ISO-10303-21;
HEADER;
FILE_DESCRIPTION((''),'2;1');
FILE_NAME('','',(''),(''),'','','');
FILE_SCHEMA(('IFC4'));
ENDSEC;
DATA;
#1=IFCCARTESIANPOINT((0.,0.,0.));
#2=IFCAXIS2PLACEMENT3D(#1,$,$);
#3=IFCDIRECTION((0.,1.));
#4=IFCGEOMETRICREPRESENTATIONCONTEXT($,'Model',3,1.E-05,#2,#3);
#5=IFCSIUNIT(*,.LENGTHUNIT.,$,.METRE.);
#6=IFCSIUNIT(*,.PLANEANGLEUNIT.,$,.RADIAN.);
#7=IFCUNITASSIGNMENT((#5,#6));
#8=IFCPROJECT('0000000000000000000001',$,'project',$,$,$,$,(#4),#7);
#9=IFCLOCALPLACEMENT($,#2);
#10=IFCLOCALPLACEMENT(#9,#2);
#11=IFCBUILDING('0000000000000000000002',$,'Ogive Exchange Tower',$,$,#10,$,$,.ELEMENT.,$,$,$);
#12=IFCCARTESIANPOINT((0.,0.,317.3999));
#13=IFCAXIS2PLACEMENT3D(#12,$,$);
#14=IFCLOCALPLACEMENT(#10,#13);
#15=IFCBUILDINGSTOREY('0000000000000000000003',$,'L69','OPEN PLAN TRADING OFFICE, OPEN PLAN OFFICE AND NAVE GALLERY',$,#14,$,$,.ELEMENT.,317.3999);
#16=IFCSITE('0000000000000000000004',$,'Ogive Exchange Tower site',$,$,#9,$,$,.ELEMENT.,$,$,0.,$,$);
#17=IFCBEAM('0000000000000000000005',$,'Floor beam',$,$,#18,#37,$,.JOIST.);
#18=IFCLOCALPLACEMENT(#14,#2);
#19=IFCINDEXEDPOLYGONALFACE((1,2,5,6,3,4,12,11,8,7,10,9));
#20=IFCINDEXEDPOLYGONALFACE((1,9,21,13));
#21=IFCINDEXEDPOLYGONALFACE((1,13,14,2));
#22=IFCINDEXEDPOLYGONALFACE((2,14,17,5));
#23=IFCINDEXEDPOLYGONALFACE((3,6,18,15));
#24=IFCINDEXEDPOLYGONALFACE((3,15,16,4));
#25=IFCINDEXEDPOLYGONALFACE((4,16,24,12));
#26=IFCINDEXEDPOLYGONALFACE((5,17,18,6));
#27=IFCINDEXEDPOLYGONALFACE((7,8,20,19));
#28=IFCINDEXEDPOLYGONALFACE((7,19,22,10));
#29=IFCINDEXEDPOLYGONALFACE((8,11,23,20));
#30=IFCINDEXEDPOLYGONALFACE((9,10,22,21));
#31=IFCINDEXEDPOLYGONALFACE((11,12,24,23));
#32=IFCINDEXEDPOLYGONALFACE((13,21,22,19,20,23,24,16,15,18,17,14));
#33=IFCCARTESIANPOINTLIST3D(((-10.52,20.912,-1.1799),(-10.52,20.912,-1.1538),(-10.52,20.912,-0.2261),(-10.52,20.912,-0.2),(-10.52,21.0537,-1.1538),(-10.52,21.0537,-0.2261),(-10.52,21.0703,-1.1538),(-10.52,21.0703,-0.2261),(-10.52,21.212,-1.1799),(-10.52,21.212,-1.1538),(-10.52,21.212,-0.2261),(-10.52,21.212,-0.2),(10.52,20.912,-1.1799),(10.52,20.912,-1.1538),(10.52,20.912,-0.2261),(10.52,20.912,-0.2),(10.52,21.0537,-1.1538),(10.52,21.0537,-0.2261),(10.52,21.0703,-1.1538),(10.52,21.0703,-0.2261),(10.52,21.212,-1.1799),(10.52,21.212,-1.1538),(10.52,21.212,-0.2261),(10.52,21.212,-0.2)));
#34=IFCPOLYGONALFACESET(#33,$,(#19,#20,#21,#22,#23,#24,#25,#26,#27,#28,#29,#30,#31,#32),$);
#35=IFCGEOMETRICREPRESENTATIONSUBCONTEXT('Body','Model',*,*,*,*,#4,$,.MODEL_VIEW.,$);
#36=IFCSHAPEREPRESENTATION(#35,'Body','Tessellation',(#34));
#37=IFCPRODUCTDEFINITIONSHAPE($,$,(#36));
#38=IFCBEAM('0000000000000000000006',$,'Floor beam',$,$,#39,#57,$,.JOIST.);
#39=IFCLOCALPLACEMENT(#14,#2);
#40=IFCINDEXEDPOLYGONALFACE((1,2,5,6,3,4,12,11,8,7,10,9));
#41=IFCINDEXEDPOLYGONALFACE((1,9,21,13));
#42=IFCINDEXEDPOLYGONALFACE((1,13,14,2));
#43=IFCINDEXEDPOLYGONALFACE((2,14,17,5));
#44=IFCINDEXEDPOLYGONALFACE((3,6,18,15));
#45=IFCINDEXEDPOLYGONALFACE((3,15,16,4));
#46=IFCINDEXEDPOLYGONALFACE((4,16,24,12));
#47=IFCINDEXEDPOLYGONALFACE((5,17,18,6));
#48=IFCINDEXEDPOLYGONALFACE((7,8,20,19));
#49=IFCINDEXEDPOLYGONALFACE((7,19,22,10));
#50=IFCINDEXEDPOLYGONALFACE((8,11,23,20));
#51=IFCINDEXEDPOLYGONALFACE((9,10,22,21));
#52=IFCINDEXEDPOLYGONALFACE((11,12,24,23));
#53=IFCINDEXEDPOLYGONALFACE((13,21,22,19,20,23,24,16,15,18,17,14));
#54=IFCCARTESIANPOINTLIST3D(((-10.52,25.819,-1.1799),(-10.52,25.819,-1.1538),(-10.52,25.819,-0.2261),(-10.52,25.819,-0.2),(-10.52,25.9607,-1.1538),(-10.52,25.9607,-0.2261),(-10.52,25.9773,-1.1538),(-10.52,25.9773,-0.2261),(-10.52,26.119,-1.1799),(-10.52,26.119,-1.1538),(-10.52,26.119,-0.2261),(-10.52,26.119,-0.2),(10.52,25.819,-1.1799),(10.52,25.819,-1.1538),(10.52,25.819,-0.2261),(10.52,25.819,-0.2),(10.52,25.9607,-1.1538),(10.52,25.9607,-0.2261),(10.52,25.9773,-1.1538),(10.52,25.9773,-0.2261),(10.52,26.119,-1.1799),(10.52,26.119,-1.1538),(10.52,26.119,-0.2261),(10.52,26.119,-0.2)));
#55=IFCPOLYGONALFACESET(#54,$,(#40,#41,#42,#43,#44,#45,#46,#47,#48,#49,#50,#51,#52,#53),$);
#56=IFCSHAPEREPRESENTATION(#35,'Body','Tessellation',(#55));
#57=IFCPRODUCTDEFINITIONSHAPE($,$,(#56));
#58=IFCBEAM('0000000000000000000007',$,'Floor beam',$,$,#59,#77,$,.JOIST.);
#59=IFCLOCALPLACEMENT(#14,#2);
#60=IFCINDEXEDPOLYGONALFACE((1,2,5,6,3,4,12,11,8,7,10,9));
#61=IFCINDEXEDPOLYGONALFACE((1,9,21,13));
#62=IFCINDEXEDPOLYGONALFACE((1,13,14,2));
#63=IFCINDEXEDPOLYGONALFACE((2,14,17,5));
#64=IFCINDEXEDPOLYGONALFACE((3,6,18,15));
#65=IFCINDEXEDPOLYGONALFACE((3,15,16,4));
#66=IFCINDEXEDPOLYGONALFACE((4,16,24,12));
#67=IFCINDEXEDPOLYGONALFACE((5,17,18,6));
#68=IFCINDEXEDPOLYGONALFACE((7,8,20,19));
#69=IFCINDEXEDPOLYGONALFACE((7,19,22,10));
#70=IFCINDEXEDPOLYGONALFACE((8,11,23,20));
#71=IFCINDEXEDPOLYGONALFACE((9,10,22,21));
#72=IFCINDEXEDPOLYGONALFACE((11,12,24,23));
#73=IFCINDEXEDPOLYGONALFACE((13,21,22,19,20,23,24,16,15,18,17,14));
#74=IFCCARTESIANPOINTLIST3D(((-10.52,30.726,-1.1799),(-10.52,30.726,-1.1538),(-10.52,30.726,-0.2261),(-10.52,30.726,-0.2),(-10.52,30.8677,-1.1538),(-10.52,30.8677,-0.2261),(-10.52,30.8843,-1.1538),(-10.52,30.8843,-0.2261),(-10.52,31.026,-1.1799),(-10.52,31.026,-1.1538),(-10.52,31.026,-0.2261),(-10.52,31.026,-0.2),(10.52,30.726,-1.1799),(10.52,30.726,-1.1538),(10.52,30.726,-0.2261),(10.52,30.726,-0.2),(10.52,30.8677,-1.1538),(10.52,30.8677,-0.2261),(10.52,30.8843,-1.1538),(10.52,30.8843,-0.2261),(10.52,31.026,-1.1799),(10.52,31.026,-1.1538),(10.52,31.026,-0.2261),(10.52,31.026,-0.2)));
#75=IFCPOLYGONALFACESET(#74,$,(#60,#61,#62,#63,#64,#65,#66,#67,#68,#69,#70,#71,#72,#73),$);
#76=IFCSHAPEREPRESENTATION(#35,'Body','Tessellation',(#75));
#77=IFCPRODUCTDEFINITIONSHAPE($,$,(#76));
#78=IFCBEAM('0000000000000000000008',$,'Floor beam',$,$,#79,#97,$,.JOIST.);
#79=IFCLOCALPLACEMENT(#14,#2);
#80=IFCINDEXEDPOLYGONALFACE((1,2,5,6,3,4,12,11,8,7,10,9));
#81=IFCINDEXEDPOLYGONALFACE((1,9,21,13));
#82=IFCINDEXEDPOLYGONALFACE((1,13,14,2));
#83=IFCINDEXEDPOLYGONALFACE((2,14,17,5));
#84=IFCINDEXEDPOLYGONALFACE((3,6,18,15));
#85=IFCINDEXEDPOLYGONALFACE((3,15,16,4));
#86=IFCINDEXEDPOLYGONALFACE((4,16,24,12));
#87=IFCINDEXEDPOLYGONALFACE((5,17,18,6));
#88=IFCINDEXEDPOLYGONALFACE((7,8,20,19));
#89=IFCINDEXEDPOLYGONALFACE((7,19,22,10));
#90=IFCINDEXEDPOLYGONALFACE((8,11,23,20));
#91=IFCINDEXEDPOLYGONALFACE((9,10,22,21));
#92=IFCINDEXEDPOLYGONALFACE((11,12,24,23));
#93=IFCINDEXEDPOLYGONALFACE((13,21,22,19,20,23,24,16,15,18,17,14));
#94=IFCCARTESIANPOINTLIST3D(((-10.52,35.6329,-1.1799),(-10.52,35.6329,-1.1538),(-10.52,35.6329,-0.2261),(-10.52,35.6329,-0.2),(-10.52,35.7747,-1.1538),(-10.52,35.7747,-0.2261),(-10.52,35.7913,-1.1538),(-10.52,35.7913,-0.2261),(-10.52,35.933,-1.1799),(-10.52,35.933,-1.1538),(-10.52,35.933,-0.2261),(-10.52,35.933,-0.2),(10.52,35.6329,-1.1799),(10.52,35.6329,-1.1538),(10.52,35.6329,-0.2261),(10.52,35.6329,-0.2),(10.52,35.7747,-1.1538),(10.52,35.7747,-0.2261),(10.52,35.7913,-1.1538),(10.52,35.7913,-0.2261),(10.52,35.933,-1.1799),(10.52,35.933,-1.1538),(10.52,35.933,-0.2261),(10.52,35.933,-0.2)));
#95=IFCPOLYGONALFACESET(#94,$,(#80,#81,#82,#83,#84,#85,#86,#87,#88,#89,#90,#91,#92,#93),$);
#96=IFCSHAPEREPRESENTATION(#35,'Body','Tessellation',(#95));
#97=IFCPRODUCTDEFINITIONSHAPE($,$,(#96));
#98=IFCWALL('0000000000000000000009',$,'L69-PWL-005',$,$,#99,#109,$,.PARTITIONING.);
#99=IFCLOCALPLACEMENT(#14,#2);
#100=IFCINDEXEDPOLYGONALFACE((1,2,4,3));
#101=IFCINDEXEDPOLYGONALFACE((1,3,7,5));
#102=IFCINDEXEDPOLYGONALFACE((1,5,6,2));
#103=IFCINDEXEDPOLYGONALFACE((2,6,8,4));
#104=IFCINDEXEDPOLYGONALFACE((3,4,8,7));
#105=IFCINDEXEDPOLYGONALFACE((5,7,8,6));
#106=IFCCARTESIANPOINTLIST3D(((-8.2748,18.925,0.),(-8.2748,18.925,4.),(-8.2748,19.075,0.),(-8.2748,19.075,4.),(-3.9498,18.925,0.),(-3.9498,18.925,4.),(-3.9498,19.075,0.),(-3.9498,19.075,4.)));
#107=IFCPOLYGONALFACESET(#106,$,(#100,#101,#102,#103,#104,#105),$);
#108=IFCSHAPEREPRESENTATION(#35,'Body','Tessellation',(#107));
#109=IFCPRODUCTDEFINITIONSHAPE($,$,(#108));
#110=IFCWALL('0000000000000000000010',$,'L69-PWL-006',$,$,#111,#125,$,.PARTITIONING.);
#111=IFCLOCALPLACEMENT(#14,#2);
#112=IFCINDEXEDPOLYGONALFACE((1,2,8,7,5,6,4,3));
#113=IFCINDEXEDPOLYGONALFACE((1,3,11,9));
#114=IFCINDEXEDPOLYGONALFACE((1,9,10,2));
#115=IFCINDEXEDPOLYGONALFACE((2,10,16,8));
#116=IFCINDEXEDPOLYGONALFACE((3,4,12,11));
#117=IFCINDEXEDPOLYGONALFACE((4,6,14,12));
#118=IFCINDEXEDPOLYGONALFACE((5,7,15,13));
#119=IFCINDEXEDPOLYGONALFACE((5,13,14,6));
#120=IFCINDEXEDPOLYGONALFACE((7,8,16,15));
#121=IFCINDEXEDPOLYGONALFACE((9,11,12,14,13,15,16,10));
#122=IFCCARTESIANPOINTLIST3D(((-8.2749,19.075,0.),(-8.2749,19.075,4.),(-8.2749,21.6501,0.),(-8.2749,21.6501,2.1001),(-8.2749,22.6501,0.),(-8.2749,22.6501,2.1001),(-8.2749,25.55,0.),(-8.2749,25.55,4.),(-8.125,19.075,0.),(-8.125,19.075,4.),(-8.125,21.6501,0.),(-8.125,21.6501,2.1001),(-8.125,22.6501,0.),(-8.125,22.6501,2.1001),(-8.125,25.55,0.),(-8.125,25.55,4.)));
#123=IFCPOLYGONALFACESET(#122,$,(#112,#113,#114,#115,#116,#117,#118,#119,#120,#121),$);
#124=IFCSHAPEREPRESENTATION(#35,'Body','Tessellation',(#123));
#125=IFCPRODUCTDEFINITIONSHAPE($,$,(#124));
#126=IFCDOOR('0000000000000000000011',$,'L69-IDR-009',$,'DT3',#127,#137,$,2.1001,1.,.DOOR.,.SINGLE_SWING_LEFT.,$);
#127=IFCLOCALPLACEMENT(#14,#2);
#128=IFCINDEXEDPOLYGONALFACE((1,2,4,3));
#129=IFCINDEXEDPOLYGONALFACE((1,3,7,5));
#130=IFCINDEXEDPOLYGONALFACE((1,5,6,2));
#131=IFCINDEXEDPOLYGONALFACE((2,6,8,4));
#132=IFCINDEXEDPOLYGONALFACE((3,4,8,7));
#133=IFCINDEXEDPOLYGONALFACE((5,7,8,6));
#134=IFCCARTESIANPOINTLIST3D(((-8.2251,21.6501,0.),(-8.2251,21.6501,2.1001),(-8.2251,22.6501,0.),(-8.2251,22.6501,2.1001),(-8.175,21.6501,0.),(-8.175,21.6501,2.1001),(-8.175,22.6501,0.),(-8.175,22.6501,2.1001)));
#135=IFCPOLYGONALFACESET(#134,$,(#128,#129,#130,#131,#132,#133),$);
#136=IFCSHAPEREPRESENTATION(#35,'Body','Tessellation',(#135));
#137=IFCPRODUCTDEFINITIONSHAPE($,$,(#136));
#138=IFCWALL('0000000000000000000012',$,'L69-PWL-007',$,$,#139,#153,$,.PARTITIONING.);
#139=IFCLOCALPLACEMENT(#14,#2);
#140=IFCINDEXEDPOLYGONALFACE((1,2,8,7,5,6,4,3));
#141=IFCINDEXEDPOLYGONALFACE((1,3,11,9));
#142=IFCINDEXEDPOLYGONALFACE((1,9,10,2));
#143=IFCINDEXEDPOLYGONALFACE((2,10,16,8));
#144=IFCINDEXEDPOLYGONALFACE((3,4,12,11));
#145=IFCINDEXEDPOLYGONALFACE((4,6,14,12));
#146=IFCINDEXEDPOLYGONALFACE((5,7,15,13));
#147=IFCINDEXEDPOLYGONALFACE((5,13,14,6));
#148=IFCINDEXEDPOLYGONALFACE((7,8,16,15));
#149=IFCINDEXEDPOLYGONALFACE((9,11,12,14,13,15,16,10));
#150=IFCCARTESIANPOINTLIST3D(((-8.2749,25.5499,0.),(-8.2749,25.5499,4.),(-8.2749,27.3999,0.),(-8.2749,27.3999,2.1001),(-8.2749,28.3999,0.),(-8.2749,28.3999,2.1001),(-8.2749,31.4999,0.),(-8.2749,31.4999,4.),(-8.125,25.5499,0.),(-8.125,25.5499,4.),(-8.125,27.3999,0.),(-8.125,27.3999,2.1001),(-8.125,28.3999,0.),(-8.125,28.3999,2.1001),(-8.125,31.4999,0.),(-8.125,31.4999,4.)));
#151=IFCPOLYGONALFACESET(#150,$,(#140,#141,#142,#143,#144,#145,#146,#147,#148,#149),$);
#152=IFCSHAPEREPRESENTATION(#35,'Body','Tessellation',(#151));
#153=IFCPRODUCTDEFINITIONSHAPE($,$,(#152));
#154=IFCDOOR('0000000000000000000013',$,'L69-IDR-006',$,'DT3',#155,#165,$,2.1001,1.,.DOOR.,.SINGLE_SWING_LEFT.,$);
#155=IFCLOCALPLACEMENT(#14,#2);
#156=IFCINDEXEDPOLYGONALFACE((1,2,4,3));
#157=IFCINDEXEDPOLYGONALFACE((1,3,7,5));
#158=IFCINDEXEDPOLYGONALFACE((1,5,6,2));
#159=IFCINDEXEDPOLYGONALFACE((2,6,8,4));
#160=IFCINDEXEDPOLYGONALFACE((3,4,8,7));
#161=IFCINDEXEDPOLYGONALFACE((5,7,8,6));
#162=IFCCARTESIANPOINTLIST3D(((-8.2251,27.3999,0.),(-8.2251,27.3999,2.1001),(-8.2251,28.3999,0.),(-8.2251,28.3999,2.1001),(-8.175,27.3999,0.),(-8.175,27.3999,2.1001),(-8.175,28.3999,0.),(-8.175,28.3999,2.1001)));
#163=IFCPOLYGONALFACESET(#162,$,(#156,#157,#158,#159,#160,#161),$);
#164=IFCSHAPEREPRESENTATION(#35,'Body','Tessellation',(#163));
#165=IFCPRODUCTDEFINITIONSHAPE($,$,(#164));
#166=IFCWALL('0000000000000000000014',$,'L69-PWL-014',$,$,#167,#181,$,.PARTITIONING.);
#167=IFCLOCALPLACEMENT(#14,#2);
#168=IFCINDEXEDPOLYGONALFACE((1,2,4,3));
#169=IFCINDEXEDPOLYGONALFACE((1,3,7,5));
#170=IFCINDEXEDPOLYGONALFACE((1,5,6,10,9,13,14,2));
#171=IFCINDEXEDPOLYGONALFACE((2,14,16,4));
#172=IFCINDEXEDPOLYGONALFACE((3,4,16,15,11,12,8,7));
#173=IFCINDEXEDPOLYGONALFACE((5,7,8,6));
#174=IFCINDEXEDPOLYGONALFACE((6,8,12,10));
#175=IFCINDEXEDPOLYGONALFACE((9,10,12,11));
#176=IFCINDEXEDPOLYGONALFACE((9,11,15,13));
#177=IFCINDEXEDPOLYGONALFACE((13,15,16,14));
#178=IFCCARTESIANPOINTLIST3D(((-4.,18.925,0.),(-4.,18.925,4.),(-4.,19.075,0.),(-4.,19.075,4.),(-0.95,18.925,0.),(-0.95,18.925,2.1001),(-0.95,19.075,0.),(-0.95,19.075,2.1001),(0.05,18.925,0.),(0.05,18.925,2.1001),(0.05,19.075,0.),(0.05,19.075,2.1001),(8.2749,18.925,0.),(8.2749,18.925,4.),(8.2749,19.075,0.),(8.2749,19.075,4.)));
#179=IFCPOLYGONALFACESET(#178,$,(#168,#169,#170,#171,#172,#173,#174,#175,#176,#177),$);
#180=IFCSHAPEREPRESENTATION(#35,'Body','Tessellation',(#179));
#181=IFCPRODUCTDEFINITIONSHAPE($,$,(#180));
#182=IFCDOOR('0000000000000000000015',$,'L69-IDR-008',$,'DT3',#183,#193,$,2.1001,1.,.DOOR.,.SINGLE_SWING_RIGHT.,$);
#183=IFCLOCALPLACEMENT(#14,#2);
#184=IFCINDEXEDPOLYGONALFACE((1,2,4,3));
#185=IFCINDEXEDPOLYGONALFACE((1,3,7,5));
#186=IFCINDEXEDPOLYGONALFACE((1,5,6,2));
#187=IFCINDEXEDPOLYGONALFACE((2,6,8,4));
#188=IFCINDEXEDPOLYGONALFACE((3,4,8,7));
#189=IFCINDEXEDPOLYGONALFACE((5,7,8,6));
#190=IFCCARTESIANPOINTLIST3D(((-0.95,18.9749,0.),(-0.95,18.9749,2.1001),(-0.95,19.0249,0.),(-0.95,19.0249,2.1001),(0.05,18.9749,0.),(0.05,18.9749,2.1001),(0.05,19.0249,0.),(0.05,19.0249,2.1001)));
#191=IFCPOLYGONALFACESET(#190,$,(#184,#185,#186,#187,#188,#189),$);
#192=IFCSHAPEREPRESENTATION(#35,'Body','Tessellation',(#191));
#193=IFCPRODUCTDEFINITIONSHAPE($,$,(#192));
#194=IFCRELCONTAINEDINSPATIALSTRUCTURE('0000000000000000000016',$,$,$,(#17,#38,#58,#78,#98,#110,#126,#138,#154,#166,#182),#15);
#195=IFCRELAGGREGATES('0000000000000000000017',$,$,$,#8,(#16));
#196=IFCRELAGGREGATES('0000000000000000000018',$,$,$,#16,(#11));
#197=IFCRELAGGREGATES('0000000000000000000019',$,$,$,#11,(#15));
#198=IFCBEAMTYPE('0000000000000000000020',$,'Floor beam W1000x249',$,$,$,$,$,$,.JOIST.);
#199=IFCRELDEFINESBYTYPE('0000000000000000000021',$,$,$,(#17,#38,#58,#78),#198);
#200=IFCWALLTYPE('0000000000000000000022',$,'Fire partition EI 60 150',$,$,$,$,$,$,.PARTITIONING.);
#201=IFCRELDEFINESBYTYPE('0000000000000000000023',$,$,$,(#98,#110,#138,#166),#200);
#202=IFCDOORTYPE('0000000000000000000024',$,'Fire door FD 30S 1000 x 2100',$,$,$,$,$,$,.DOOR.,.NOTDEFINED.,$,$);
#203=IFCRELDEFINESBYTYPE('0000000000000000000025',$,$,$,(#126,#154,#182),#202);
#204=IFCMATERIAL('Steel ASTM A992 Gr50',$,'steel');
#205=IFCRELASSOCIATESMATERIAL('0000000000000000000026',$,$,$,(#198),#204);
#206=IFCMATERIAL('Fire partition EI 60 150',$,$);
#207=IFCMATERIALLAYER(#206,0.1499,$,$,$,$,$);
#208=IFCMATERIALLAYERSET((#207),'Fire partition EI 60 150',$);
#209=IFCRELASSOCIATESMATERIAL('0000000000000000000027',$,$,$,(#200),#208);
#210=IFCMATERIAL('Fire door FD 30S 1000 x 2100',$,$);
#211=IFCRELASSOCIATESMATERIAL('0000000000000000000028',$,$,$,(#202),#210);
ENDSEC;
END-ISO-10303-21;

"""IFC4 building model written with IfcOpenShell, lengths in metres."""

from ifc_helpers import new_model, si_unit, direction, frame, frame_2d, origin, origin_2d, place, context, subcontext, project, spatial, rectangle, i_section, extrude, material, layer, layer_set, material_profile, profile_set, type_object, element, fill, save


model = new_model("IFC4")

# Units and contexts
model_context = context("Model", 3, precision=1e-05, world=origin(), true_north=direction((0.0, 1.0)))
body_context = subcontext(model_context, "Body", "Model", "MODEL_VIEW")
ifc_project = project(units=[si_unit("LENGTHUNIT", "METRE"), si_unit("PLANEANGLEUNIT", "RADIAN")], contexts=[model_context])

# Site, building, storey
site_placement = place(None, origin())
site = spatial("IfcSite", under=ifc_project, at=site_placement, Name="Ogive Exchange Tower site", CompositionType="ELEMENT", RefElevation=0.0)
building_placement = place(site_placement, origin())
building = spatial("IfcBuilding", under=site, at=building_placement, Name="Ogive Exchange Tower", CompositionType="ELEMENT")
storey_placement = place(building_placement, frame((0.0, 0.0, 317.3999)))
storey = spatial("IfcBuildingStorey", under=building, at=storey_placement, Name="L69", Description="OPEN PLAN TRADING OFFICE, OPEN PLAN OFFICE AND NAVE GALLERY", CompositionType="ELEMENT", Elevation=317.3999)

# Beams
ifc_material_1 = material(Name="Steel ASTM A992 Gr50", Category="steel")
ifc_material_profile = material_profile(ifc_material_1, i_section(OverallWidth=0.3, OverallDepth=0.98, WebThickness=0.0166, FlangeThickness=0.0261, at=origin_2d()), Name="W1000x249")
ifc_profile_set = profile_set([ifc_material_profile], Name="Steel ASTM A992 Gr50")
beam_type = type_object("IfcBeamType", Name="Floor beam W1000x249", PredefinedType="JOIST", material=ifc_profile_set)
for number, where, z_axis, x_axis, name in (
    (1, (-10.52, 21.062, -0.6899), (1.0, 0.0, 0.0), (0.0, 1.0, 0.0), "Floor beam"),
    (2, (-10.52, 25.969, -0.6899), (1.0, 0.0, 0.0), (0.0, 1.0, 0.0), "Floor beam"),
    (3, (-10.52, 30.876, -0.6899), (1.0, 0.0, 0.0), (0.0, 1.0, 0.0), "Floor beam"),
    (4, (-10.52, 35.783, -0.6899), (1.0, 0.0, 0.0), (0.0, 1.0, 0.0), "Floor beam"),
):
    element("IfcBeam", number, at=place(storey_placement, frame(where, z_axis=z_axis, x_axis=x_axis)), inside=storey, type_object=beam_type, Name=name, PredefinedType="JOIST", context=body_context, shape_type="SweptSolid", body=[
        extrude(i_section(OverallWidth=0.3, OverallDepth=0.98, WebThickness=0.0166, FlangeThickness=0.0261, at=origin_2d()), origin(), (0.0, 0.0, 1.0), 21.04),
    ])

# Wall
ifc_material_2 = material(Name="Fire partition EI 60 150")
ifc_layer_1 = layer(ifc_material_2, 0.1499)
ifc_layer_set_1 = layer_set([ifc_layer_1], Name="Fire partition EI 60 150")
wall_type_1 = type_object("IfcWallType", Name="Fire partition EI 60 150", PredefinedType="PARTITIONING", material=ifc_layer_set_1)
wall_1_placement = place(storey_placement, frame((-8.2749, 19.0, 0.0), z_axis=(0.0, 0.0, 1.0), x_axis=(1.0, 0.0, 0.0)))
element("IfcWall", 5, at=wall_1_placement, inside=storey, type_object=wall_type_1, Name="L69-PWL-005", PredefinedType="PARTITIONING", context=body_context, shape_type="SweptSolid", body=[
    extrude(rectangle(XDim=4.325, YDim=0.1499, at=frame_2d((2.1626, 0.0))), origin(), (0.0, 0.0, 1.0), 4.0),
])

# Walls, openings, doors
wall_2_placement = place(storey_placement, frame((-8.2, 25.55, 0.0), z_axis=(0.0, 0.0, 1.0), x_axis=(0.0, -1.0, 0.0)))
wall_2 = element("IfcWall", 6, at=wall_2_placement, inside=storey, type_object=wall_type_1, Name="L69-PWL-006", PredefinedType="PARTITIONING", context=body_context, shape_type="SweptSolid", body=[
    extrude(rectangle(XDim=6.4751, YDim=0.1499, at=frame_2d((3.2375, 0.0))), origin(), (0.0, 0.0, 1.0), 4.0),
])
opening_1_placement = place(wall_2_placement, frame((2.8999, 0.0, 0.0)))
opening_1 = element("IfcOpeningElement", 7, at=opening_1_placement, cuts=wall_2, PredefinedType="OPENING", context=body_context, shape_type="SweptSolid", body=[
    extrude(rectangle(XDim=1.0, YDim=2.1001, at=frame_2d((0.5, 1.05))), frame((0.0, 0.085, 0.0), z_axis=(0.0, -1.0, 0.0), x_axis=(1.0, 0.0, 0.0)), (0.0, 0.0, 1.0), 0.1699),
])
ifc_material_3 = material(Name="Fire door FD 30S 1000 x 2100")
door_type_1 = type_object("IfcDoorType", Name="Fire door FD 30S 1000 x 2100", OperationType="NOTDEFINED", PredefinedType="DOOR", material=ifc_material_3)
door_1_placement = place(opening_1_placement, origin())
door_1 = element("IfcDoor", 8, at=door_1_placement, inside=storey, type_object=door_type_1, Name="L69-IDR-009", ObjectType="DT3", OperationType="SINGLE_SWING_LEFT", OverallHeight=2.1001, OverallWidth=1.0, PredefinedType="DOOR", context=body_context, shape_type="SweptSolid", body=[
    extrude(rectangle(XDim=1.0, YDim=2.1001, at=frame_2d((0.5, 1.05))), frame((0.0, 0.0249, 0.0), z_axis=(0.0, -1.0, 0.0), x_axis=(1.0, 0.0, 0.0)), (0.0, 0.0, 1.0), 0.05),
])
fill(opening_1, door_1)
wall_3_placement = place(storey_placement, frame((-8.2, 31.5, 0.0), z_axis=(0.0, 0.0, 1.0), x_axis=(0.0, -1.0, 0.0)))
wall_3 = element("IfcWall", 9, at=wall_3_placement, inside=storey, type_object=wall_type_1, Name="L69-PWL-007", PredefinedType="PARTITIONING", context=body_context, shape_type="SweptSolid", body=[
    extrude(rectangle(XDim=5.95, YDim=0.1499, at=frame_2d((2.9751, 0.0))), origin(), (0.0, 0.0, 1.0), 4.0),
])
opening_2_placement = place(wall_3_placement, frame((3.1001, 0.0, 0.0)))
opening_2 = element("IfcOpeningElement", 10, at=opening_2_placement, cuts=wall_3, PredefinedType="OPENING", context=body_context, shape_type="SweptSolid", body=[
    extrude(rectangle(XDim=1.0, YDim=2.1001, at=frame_2d((0.5, 1.05))), frame((0.0, 0.085, 0.0), z_axis=(0.0, -1.0, 0.0), x_axis=(1.0, 0.0, 0.0)), (0.0, 0.0, 1.0), 0.1699),
])
door_2_placement = place(opening_2_placement, origin())
door_2 = element("IfcDoor", 11, at=door_2_placement, inside=storey, type_object=door_type_1, Name="L69-IDR-006", ObjectType="DT3", OperationType="SINGLE_SWING_LEFT", OverallHeight=2.1001, OverallWidth=1.0, PredefinedType="DOOR", context=body_context, shape_type="SweptSolid", body=[
    extrude(rectangle(XDim=1.0, YDim=2.1001, at=frame_2d((0.5, 1.05))), frame((0.0, 0.0249, 0.0), z_axis=(0.0, -1.0, 0.0), x_axis=(1.0, 0.0, 0.0)), (0.0, 0.0, 1.0), 0.05),
])
fill(opening_2, door_2)
wall_4_placement = place(storey_placement, frame((-4.0, 19.0, 0.0), z_axis=(0.0, 0.0, 1.0), x_axis=(1.0, 0.0, 0.0)))
wall_4 = element("IfcWall", 12, at=wall_4_placement, inside=storey, type_object=wall_type_1, Name="L69-PWL-014", PredefinedType="PARTITIONING", context=body_context, shape_type="SweptSolid", body=[
    extrude(rectangle(XDim=12.2749, YDim=0.1499, at=frame_2d((6.1375, 0.0))), origin(), (0.0, 0.0, 1.0), 4.0),
])
opening_3_placement = place(wall_4_placement, frame((3.05, 0.0, 0.0)))
opening_3 = element("IfcOpeningElement", 13, at=opening_3_placement, cuts=wall_4, PredefinedType="OPENING", context=body_context, shape_type="SweptSolid", body=[
    extrude(rectangle(XDim=1.0, YDim=2.1001, at=frame_2d((0.5, 1.05))), frame((0.0, 0.085, 0.0), z_axis=(0.0, -1.0, 0.0), x_axis=(1.0, 0.0, 0.0)), (0.0, 0.0, 1.0), 0.1699),
])
door_3_placement = place(opening_3_placement, origin())
door_3 = element("IfcDoor", 14, at=door_3_placement, inside=storey, type_object=door_type_1, Name="L69-IDR-008", ObjectType="DT3", OperationType="SINGLE_SWING_RIGHT", OverallHeight=2.1001, OverallWidth=1.0, PredefinedType="DOOR", context=body_context, shape_type="SweptSolid", body=[
    extrude(rectangle(XDim=1.0, YDim=2.1001, at=frame_2d((0.5, 1.05))), frame((0.0, 0.0249, 0.0), z_axis=(0.0, -1.0, 0.0), x_axis=(1.0, 0.0, 0.0)), (0.0, 0.0, 1.0), 0.05),
])
fill(opening_3, door_3)

save(model, "model.ifc")
